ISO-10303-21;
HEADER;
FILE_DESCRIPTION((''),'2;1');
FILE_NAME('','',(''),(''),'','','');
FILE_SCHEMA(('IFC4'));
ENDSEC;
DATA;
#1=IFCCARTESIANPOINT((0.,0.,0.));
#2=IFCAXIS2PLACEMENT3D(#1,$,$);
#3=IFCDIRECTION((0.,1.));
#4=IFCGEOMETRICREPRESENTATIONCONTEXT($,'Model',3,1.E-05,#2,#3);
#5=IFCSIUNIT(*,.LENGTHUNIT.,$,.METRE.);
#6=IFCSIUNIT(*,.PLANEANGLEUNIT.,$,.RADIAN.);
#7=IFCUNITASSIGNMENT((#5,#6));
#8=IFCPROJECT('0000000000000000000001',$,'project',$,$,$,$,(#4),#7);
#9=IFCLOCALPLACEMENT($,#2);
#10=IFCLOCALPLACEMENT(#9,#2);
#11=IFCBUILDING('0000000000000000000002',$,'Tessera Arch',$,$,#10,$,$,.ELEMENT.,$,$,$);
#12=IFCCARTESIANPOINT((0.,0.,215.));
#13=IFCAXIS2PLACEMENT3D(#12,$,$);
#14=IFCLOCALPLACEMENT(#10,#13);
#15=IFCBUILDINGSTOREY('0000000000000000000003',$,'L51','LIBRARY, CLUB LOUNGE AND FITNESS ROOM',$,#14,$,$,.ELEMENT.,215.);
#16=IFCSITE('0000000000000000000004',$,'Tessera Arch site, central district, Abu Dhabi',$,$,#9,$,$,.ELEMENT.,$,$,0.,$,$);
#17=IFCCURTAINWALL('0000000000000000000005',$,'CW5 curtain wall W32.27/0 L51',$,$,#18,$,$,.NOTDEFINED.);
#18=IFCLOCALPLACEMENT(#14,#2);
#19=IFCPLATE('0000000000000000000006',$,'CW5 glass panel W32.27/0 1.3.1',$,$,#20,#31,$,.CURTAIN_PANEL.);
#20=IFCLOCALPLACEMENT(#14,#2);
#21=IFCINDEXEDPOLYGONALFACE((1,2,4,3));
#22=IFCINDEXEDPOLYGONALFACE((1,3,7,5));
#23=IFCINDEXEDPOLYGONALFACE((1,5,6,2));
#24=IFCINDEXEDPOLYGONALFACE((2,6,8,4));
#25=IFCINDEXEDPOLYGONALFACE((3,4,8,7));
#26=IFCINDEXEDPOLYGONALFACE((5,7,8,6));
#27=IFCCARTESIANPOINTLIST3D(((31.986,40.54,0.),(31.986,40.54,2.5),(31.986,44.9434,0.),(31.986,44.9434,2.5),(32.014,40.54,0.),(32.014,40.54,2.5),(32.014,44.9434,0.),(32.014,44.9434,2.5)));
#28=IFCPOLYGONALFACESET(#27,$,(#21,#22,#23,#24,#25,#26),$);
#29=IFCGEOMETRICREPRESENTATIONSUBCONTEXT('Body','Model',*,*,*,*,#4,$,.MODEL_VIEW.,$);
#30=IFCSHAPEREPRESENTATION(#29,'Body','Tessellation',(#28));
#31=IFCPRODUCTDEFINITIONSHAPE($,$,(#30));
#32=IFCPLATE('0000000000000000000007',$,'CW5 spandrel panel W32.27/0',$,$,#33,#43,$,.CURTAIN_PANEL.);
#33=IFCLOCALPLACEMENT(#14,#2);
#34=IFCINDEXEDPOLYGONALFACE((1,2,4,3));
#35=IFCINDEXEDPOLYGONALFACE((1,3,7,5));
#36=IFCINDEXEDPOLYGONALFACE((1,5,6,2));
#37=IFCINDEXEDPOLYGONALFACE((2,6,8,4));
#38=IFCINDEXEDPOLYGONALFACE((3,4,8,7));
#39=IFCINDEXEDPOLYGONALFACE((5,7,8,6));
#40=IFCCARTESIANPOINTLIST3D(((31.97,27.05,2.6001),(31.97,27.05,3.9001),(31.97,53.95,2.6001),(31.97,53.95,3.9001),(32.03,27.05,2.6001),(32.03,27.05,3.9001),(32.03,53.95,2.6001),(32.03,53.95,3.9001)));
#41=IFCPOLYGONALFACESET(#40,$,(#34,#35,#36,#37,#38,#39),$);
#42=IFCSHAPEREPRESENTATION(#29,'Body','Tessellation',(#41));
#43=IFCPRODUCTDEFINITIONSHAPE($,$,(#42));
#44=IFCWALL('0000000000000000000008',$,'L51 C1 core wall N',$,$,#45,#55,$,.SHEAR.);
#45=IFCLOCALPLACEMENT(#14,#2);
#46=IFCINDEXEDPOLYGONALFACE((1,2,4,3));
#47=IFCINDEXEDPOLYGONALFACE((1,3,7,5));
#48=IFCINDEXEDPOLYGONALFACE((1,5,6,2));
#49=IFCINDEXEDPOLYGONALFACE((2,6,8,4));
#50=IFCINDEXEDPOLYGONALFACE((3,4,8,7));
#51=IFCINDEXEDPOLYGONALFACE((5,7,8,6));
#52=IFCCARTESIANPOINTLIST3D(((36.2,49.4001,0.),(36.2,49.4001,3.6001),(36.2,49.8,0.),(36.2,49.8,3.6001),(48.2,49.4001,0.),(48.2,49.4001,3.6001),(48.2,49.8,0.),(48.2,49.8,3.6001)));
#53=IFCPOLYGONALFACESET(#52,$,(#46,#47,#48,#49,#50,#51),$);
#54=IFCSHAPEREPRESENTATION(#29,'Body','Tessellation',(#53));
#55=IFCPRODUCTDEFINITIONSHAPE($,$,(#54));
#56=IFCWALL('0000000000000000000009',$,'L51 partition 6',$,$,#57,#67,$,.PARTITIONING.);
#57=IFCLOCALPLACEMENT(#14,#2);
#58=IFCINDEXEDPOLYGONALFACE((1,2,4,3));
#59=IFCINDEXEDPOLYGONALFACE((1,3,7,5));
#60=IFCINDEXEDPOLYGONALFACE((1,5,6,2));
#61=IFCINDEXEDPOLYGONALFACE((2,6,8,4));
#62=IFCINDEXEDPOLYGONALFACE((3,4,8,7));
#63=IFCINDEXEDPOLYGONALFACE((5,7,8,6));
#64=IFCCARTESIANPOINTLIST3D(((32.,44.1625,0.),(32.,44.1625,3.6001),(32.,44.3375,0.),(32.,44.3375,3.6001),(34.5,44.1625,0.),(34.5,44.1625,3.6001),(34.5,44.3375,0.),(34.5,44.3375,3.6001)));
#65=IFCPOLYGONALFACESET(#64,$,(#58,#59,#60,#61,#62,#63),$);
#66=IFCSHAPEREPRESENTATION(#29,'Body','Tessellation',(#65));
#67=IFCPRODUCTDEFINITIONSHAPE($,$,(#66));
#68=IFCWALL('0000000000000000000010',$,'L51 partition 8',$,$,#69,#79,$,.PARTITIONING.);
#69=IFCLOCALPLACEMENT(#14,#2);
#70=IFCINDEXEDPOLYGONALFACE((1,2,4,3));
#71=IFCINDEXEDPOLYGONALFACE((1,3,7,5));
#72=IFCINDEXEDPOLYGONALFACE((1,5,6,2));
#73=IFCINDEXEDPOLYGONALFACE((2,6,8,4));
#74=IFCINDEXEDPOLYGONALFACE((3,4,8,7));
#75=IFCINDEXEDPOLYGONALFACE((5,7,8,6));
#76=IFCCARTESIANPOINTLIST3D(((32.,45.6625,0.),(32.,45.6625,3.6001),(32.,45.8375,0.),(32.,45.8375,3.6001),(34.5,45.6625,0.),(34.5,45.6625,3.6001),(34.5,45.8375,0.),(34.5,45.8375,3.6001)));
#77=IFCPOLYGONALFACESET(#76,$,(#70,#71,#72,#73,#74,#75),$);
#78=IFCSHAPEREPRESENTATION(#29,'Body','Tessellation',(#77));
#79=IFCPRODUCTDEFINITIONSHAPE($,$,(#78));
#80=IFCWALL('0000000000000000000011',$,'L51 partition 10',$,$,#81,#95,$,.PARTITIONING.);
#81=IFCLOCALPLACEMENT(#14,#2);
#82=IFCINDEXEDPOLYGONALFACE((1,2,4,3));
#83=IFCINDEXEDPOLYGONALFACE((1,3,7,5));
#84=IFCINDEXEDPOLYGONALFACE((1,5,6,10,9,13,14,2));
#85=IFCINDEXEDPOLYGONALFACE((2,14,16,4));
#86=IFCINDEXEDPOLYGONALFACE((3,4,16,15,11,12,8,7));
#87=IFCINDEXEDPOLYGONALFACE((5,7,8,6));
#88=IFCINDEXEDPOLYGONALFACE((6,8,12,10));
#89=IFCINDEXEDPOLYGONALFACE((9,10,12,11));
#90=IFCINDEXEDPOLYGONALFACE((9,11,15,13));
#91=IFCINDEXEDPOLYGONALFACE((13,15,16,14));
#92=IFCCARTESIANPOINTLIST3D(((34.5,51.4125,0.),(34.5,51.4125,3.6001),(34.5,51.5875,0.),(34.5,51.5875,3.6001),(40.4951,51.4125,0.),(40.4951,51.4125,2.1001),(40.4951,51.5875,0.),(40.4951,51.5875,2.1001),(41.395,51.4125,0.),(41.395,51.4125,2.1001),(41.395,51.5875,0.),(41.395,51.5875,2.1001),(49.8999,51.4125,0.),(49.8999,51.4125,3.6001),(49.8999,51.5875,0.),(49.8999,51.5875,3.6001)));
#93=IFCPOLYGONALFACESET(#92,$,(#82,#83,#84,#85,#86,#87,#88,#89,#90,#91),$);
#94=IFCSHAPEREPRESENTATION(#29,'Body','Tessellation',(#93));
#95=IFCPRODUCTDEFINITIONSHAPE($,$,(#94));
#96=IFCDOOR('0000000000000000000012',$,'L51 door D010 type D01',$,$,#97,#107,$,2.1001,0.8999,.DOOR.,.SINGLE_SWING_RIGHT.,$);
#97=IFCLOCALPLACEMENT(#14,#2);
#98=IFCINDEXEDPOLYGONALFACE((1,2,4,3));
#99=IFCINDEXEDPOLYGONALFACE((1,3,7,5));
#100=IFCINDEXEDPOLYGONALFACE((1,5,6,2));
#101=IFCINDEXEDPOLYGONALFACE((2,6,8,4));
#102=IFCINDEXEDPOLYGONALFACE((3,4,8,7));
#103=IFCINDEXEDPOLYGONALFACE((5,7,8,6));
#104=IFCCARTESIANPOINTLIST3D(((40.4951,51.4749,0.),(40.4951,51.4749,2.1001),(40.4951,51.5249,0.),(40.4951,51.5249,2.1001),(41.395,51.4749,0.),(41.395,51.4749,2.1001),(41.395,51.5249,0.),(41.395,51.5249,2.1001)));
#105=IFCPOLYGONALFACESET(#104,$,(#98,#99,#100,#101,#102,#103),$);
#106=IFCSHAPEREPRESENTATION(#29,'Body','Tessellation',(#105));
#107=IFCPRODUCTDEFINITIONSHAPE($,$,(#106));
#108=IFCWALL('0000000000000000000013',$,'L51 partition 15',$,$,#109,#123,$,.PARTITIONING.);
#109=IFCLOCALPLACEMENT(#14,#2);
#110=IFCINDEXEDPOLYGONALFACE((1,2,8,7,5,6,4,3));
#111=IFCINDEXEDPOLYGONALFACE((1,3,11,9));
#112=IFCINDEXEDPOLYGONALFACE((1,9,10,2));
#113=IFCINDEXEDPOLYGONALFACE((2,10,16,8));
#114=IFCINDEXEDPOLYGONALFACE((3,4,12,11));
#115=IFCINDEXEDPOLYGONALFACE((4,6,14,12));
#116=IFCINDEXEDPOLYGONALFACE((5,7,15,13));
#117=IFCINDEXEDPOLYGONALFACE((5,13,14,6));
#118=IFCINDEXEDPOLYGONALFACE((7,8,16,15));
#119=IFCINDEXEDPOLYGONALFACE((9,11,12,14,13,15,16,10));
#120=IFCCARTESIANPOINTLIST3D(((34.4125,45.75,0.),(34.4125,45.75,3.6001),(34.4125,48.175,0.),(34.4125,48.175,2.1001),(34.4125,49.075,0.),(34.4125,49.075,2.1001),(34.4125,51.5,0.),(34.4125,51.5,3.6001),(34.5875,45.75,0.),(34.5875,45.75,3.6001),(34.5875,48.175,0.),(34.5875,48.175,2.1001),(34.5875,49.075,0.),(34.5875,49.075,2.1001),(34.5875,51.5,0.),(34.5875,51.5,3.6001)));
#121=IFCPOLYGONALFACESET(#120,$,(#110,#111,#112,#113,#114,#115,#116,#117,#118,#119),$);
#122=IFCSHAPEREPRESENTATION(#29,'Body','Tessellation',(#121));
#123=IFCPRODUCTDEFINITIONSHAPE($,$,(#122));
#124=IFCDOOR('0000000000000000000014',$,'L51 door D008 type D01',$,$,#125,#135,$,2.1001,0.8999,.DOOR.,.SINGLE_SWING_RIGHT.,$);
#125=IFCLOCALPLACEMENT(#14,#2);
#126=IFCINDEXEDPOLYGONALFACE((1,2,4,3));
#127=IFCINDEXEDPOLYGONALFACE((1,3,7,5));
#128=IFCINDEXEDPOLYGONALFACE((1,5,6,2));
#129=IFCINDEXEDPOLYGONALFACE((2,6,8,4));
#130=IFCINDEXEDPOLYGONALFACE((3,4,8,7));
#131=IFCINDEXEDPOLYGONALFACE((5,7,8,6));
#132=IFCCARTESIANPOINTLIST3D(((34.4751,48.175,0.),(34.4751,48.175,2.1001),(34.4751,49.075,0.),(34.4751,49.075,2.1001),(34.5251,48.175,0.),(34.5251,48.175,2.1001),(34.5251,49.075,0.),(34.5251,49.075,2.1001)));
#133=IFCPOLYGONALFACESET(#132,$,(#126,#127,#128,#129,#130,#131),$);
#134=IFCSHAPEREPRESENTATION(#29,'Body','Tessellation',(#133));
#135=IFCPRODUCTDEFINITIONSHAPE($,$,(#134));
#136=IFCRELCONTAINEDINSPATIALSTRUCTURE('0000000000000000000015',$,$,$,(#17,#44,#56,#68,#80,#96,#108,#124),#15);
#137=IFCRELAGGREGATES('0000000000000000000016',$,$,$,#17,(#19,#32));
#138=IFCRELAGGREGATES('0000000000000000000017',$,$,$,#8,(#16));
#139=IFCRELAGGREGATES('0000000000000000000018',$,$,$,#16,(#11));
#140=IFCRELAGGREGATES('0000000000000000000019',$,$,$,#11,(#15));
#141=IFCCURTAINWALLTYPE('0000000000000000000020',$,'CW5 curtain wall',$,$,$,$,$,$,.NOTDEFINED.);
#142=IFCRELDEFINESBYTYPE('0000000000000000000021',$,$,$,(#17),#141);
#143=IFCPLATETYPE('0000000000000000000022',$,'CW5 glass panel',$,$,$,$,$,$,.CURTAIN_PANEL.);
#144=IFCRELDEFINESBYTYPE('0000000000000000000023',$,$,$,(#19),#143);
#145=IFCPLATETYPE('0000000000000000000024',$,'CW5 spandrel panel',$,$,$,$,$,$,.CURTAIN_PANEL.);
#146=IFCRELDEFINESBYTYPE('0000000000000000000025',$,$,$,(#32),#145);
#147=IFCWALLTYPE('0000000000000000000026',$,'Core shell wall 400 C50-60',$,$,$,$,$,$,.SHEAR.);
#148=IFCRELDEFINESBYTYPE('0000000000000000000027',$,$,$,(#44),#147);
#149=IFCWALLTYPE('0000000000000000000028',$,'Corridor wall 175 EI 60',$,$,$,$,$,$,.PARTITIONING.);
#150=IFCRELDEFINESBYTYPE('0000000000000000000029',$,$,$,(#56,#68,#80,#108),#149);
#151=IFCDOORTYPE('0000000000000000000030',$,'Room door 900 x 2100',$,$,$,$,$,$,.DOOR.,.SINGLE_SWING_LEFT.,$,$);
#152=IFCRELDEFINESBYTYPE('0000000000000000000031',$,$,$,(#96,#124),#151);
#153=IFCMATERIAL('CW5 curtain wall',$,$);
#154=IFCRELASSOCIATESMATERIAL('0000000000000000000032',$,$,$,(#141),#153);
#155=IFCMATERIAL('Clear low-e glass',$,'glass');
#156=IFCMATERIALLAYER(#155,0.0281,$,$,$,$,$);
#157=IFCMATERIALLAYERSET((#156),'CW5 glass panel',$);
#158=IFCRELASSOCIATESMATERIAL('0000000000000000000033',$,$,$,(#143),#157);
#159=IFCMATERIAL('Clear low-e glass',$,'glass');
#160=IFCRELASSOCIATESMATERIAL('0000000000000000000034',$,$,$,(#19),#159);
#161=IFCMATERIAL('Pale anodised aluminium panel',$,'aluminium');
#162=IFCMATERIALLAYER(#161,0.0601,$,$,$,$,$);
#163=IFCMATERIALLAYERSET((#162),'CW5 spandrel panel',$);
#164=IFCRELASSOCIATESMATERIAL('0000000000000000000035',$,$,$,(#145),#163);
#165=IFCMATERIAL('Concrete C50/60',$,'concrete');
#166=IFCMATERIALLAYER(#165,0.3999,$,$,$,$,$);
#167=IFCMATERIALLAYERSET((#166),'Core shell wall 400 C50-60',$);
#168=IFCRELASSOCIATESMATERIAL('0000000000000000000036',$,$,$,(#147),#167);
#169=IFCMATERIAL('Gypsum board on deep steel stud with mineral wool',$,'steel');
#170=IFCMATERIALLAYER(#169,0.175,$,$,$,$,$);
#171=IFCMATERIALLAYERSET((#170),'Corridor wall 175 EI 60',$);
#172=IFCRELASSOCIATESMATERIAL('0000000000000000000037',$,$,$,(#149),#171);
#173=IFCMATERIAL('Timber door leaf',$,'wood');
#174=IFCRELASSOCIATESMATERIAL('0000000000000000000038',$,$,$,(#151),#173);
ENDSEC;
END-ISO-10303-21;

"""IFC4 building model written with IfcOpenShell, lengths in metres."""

from ifc_helpers import new_model, si_unit, direction, frame, frame_2d, origin, origin_2d, place, context, subcontext, project, spatial, rectangle, extrude, material, layer, layer_set, type_object, element, fill, aggregate, save


model = new_model("IFC4")

# Units and contexts
model_context = context("Model", 3, precision=1e-05, world=origin(), true_north=direction((0.0, 1.0)))
body_context = subcontext(model_context, "Body", "Model", "MODEL_VIEW")
ifc_project = project(units=[si_unit("LENGTHUNIT", "METRE"), si_unit("PLANEANGLEUNIT", "RADIAN")], contexts=[model_context])

# Site, building, storey
site_placement = place(None, origin())
site = spatial("IfcSite", under=ifc_project, at=site_placement, Name="Tessera Arch site, central district, Abu Dhabi", CompositionType="ELEMENT", RefElevation=0.0)
building_placement = place(site_placement, origin())
building = spatial("IfcBuilding", under=site, at=building_placement, Name="Tessera Arch", CompositionType="ELEMENT")
storey_placement = place(building_placement, frame((0.0, 0.0, 215.0)))
storey = spatial("IfcBuildingStorey", under=building, at=storey_placement, Name="L51", Description="LIBRARY, CLUB LOUNGE AND FITNESS ROOM", CompositionType="ELEMENT", Elevation=215.0)

# Curtain wall
ifc_material_1 = material(Name="CW5 curtain wall")
curtain_wall_type_1 = type_object("IfcCurtainWallType", Name="CW5 curtain wall", PredefinedType="NOTDEFINED", material=ifc_material_1)
curtain_wall_1_placement = place(storey_placement, origin())
curtain_wall_1 = element("IfcCurtainWall", 1, at=curtain_wall_1_placement, inside=storey, type_object=curtain_wall_type_1, Name="CW5 curtain wall W32.27/0 L51", PredefinedType="NOTDEFINED")

# Shared definitions
ifc_material_2 = material(Name="Clear low-e glass", Category="glass")

# Shared definitions
ifc_material_3 = material(Name="Clear low-e glass", Category="glass")
ifc_layer_1 = layer(ifc_material_3, 0.0281)
ifc_layer_set_1 = layer_set([ifc_layer_1], Name="CW5 glass panel")
plate_type_1 = type_object("IfcPlateType", Name="CW5 glass panel", PredefinedType="CURTAIN_PANEL", material=ifc_layer_set_1)

# Plates
plate_1_placement = place(storey_placement, frame((32.0, 42.7417, 0.0), z_axis=(0.0, 0.0, 1.0), x_axis=(0.0, -1.0, 0.0)))
plate_1 = element("IfcPlate", 2, at=plate_1_placement, type_object=plate_type_1, material=ifc_material_2, Name="CW5 glass panel W32.27/0 1.3.1", PredefinedType="CURTAIN_PANEL", context=body_context, shape_type="SweptSolid", body=[
    extrude(rectangle(XDim=4.4033, YDim=0.0281, at=origin_2d()), origin(), (0.0, 0.0, 1.0), 2.5),
])
ifc_material_4 = material(Name="Pale anodised aluminium panel", Category="aluminium")
ifc_layer_2 = layer(ifc_material_4, 0.0601)
ifc_layer_set_2 = layer_set([ifc_layer_2], Name="CW5 spandrel panel")
plate_type_2 = type_object("IfcPlateType", Name="CW5 spandrel panel", PredefinedType="CURTAIN_PANEL", material=ifc_layer_set_2)
plate_2_placement = place(storey_placement, frame((32.0, 40.5, 2.6001), z_axis=(0.0, 0.0, 1.0), x_axis=(0.0, -1.0, 0.0)))
plate_2 = element("IfcPlate", 3, at=plate_2_placement, type_object=plate_type_2, Name="CW5 spandrel panel W32.27/0", PredefinedType="CURTAIN_PANEL", context=body_context, shape_type="SweptSolid", body=[
    extrude(rectangle(XDim=26.8999, YDim=0.0601, at=origin_2d()), origin(), (0.0, 0.0, 1.0), 1.3),
])
aggregate(curtain_wall_1, [plate_1, plate_2])

# Walls
ifc_material_5 = material(Name="Concrete C50/60", Category="concrete")
ifc_layer_3 = layer(ifc_material_5, 0.3999)
ifc_layer_set_3 = layer_set([ifc_layer_3], Name="Core shell wall 400 C50-60")
wall_type_1 = type_object("IfcWallType", Name="Core shell wall 400 C50-60", PredefinedType="SHEAR", material=ifc_layer_set_3)
wall_1_placement = place(storey_placement, frame((36.2, 49.6001, 0.0), z_axis=(0.0, 0.0, 1.0), x_axis=(1.0, 0.0, 0.0)))
element("IfcWall", 4, at=wall_1_placement, inside=storey, type_object=wall_type_1, Name="L51 C1 core wall N", PredefinedType="SHEAR", context=body_context, shape_type="SweptSolid", body=[
    extrude(rectangle(XDim=12.0, YDim=0.3999, at=frame_2d((6.0, 0.0))), origin(), (0.0, 0.0, 1.0), 3.6001),
])
ifc_material_6 = material(Name="Gypsum board on deep steel stud with mineral wool", Category="steel")
ifc_layer_4 = layer(ifc_material_6, 0.175)
ifc_layer_set_4 = layer_set([ifc_layer_4], Name="Corridor wall 175 EI 60")
wall_type_2 = type_object("IfcWallType", Name="Corridor wall 175 EI 60", PredefinedType="PARTITIONING", material=ifc_layer_set_4)
for number, where, z_axis, x_axis, name in (
    (5, (32.0, 44.25, 0.0), (0.0, 0.0, 1.0), (1.0, 0.0, 0.0), "L51 partition 6"),
    (6, (32.0, 45.75, 0.0), (0.0, 0.0, 1.0), (1.0, 0.0, 0.0), "L51 partition 8"),
):
    element("IfcWall", number, at=place(storey_placement, frame(where, z_axis=z_axis, x_axis=x_axis)), inside=storey, type_object=wall_type_2, Name=name, PredefinedType="PARTITIONING", context=body_context, shape_type="SweptSolid", body=[
        extrude(rectangle(XDim=2.5, YDim=0.175, at=frame_2d((1.25, 0.0))), origin(), (0.0, 0.0, 1.0), 3.6001),
    ])

# Walls, openings, doors
wall_2_placement = place(storey_placement, frame((34.5, 51.5, 0.0), z_axis=(0.0, 0.0, 1.0), x_axis=(1.0, 0.0, 0.0)))
wall_2 = element("IfcWall", 7, at=wall_2_placement, inside=storey, type_object=wall_type_2, Name="L51 partition 10", PredefinedType="PARTITIONING", context=body_context, shape_type="SweptSolid", body=[
    extrude(rectangle(XDim=15.3999, YDim=0.175, at=frame_2d((7.7, 0.0))), origin(), (0.0, 0.0, 1.0), 3.6001),
])
opening_1_placement = place(wall_2_placement, frame((5.9951, 0.0, 0.0)))
opening_1 = element("IfcOpeningElement", 8, at=opening_1_placement, cuts=wall_2, PredefinedType="OPENING", context=body_context, shape_type="SweptSolid", body=[
    extrude(rectangle(XDim=0.8999, YDim=2.1001, at=frame_2d((0.45, 1.05))), frame((0.0, 0.0974, 0.0), z_axis=(0.0, -1.0, 0.0), x_axis=(1.0, 0.0, 0.0)), (0.0, 0.0, 1.0), 0.1951),
])
ifc_material_7 = material(Name="Timber door leaf", Category="wood")
door_type = type_object("IfcDoorType", Name="Room door 900 x 2100", OperationType="SINGLE_SWING_LEFT", PredefinedType="DOOR", material=ifc_material_7)
door_1_placement = place(opening_1_placement, origin())
door_1 = element("IfcDoor", 9, at=door_1_placement, inside=storey, type_object=door_type, Name="L51 door D010 type D01", OperationType="SINGLE_SWING_RIGHT", OverallHeight=2.1001, OverallWidth=0.8999, PredefinedType="DOOR", context=body_context, shape_type="SweptSolid", body=[
    extrude(rectangle(XDim=0.8999, YDim=2.1001, at=frame_2d((0.45, 1.05))), frame((0.0, 0.0249, 0.0), z_axis=(0.0, -1.0, 0.0), x_axis=(1.0, 0.0, 0.0)), (0.0, 0.0, 1.0), 0.05),
])
fill(opening_1, door_1)
wall_3_placement = place(storey_placement, frame((34.5, 45.75, 0.0), z_axis=(0.0, 0.0, 1.0), x_axis=(0.0, 1.0, 0.0)))
wall_3 = element("IfcWall", 10, at=wall_3_placement, inside=storey, type_object=wall_type_2, Name="L51 partition 15", PredefinedType="PARTITIONING", context=body_context, shape_type="SweptSolid", body=[
    extrude(rectangle(XDim=5.75, YDim=0.175, at=frame_2d((2.875, 0.0))), origin(), (0.0, 0.0, 1.0), 3.6001),
])
opening_2_placement = place(wall_3_placement, frame((2.425, 0.0, 0.0)))
opening_2 = element("IfcOpeningElement", 11, at=opening_2_placement, cuts=wall_3, PredefinedType="OPENING", context=body_context, shape_type="SweptSolid", body=[
    extrude(rectangle(XDim=0.8999, YDim=2.1001, at=frame_2d((0.45, 1.05))), frame((0.0, 0.0974, 0.0), z_axis=(0.0, -1.0, 0.0), x_axis=(1.0, 0.0, 0.0)), (0.0, 0.0, 1.0), 0.1951),
])
door_2_placement = place(opening_2_placement, origin())
door_2 = element("IfcDoor", 12, at=door_2_placement, inside=storey, type_object=door_type, Name="L51 door D008 type D01", OperationType="SINGLE_SWING_RIGHT", OverallHeight=2.1001, OverallWidth=0.8999, PredefinedType="DOOR", context=body_context, shape_type="SweptSolid", body=[
    extrude(rectangle(XDim=0.8999, YDim=2.1001, at=frame_2d((0.45, 1.05))), frame((0.0, 0.0249, 0.0), z_axis=(0.0, -1.0, 0.0), x_axis=(1.0, 0.0, 0.0)), (0.0, 0.0, 1.0), 0.05),
])
fill(opening_2, door_2)

save(model, "model.ifc")
